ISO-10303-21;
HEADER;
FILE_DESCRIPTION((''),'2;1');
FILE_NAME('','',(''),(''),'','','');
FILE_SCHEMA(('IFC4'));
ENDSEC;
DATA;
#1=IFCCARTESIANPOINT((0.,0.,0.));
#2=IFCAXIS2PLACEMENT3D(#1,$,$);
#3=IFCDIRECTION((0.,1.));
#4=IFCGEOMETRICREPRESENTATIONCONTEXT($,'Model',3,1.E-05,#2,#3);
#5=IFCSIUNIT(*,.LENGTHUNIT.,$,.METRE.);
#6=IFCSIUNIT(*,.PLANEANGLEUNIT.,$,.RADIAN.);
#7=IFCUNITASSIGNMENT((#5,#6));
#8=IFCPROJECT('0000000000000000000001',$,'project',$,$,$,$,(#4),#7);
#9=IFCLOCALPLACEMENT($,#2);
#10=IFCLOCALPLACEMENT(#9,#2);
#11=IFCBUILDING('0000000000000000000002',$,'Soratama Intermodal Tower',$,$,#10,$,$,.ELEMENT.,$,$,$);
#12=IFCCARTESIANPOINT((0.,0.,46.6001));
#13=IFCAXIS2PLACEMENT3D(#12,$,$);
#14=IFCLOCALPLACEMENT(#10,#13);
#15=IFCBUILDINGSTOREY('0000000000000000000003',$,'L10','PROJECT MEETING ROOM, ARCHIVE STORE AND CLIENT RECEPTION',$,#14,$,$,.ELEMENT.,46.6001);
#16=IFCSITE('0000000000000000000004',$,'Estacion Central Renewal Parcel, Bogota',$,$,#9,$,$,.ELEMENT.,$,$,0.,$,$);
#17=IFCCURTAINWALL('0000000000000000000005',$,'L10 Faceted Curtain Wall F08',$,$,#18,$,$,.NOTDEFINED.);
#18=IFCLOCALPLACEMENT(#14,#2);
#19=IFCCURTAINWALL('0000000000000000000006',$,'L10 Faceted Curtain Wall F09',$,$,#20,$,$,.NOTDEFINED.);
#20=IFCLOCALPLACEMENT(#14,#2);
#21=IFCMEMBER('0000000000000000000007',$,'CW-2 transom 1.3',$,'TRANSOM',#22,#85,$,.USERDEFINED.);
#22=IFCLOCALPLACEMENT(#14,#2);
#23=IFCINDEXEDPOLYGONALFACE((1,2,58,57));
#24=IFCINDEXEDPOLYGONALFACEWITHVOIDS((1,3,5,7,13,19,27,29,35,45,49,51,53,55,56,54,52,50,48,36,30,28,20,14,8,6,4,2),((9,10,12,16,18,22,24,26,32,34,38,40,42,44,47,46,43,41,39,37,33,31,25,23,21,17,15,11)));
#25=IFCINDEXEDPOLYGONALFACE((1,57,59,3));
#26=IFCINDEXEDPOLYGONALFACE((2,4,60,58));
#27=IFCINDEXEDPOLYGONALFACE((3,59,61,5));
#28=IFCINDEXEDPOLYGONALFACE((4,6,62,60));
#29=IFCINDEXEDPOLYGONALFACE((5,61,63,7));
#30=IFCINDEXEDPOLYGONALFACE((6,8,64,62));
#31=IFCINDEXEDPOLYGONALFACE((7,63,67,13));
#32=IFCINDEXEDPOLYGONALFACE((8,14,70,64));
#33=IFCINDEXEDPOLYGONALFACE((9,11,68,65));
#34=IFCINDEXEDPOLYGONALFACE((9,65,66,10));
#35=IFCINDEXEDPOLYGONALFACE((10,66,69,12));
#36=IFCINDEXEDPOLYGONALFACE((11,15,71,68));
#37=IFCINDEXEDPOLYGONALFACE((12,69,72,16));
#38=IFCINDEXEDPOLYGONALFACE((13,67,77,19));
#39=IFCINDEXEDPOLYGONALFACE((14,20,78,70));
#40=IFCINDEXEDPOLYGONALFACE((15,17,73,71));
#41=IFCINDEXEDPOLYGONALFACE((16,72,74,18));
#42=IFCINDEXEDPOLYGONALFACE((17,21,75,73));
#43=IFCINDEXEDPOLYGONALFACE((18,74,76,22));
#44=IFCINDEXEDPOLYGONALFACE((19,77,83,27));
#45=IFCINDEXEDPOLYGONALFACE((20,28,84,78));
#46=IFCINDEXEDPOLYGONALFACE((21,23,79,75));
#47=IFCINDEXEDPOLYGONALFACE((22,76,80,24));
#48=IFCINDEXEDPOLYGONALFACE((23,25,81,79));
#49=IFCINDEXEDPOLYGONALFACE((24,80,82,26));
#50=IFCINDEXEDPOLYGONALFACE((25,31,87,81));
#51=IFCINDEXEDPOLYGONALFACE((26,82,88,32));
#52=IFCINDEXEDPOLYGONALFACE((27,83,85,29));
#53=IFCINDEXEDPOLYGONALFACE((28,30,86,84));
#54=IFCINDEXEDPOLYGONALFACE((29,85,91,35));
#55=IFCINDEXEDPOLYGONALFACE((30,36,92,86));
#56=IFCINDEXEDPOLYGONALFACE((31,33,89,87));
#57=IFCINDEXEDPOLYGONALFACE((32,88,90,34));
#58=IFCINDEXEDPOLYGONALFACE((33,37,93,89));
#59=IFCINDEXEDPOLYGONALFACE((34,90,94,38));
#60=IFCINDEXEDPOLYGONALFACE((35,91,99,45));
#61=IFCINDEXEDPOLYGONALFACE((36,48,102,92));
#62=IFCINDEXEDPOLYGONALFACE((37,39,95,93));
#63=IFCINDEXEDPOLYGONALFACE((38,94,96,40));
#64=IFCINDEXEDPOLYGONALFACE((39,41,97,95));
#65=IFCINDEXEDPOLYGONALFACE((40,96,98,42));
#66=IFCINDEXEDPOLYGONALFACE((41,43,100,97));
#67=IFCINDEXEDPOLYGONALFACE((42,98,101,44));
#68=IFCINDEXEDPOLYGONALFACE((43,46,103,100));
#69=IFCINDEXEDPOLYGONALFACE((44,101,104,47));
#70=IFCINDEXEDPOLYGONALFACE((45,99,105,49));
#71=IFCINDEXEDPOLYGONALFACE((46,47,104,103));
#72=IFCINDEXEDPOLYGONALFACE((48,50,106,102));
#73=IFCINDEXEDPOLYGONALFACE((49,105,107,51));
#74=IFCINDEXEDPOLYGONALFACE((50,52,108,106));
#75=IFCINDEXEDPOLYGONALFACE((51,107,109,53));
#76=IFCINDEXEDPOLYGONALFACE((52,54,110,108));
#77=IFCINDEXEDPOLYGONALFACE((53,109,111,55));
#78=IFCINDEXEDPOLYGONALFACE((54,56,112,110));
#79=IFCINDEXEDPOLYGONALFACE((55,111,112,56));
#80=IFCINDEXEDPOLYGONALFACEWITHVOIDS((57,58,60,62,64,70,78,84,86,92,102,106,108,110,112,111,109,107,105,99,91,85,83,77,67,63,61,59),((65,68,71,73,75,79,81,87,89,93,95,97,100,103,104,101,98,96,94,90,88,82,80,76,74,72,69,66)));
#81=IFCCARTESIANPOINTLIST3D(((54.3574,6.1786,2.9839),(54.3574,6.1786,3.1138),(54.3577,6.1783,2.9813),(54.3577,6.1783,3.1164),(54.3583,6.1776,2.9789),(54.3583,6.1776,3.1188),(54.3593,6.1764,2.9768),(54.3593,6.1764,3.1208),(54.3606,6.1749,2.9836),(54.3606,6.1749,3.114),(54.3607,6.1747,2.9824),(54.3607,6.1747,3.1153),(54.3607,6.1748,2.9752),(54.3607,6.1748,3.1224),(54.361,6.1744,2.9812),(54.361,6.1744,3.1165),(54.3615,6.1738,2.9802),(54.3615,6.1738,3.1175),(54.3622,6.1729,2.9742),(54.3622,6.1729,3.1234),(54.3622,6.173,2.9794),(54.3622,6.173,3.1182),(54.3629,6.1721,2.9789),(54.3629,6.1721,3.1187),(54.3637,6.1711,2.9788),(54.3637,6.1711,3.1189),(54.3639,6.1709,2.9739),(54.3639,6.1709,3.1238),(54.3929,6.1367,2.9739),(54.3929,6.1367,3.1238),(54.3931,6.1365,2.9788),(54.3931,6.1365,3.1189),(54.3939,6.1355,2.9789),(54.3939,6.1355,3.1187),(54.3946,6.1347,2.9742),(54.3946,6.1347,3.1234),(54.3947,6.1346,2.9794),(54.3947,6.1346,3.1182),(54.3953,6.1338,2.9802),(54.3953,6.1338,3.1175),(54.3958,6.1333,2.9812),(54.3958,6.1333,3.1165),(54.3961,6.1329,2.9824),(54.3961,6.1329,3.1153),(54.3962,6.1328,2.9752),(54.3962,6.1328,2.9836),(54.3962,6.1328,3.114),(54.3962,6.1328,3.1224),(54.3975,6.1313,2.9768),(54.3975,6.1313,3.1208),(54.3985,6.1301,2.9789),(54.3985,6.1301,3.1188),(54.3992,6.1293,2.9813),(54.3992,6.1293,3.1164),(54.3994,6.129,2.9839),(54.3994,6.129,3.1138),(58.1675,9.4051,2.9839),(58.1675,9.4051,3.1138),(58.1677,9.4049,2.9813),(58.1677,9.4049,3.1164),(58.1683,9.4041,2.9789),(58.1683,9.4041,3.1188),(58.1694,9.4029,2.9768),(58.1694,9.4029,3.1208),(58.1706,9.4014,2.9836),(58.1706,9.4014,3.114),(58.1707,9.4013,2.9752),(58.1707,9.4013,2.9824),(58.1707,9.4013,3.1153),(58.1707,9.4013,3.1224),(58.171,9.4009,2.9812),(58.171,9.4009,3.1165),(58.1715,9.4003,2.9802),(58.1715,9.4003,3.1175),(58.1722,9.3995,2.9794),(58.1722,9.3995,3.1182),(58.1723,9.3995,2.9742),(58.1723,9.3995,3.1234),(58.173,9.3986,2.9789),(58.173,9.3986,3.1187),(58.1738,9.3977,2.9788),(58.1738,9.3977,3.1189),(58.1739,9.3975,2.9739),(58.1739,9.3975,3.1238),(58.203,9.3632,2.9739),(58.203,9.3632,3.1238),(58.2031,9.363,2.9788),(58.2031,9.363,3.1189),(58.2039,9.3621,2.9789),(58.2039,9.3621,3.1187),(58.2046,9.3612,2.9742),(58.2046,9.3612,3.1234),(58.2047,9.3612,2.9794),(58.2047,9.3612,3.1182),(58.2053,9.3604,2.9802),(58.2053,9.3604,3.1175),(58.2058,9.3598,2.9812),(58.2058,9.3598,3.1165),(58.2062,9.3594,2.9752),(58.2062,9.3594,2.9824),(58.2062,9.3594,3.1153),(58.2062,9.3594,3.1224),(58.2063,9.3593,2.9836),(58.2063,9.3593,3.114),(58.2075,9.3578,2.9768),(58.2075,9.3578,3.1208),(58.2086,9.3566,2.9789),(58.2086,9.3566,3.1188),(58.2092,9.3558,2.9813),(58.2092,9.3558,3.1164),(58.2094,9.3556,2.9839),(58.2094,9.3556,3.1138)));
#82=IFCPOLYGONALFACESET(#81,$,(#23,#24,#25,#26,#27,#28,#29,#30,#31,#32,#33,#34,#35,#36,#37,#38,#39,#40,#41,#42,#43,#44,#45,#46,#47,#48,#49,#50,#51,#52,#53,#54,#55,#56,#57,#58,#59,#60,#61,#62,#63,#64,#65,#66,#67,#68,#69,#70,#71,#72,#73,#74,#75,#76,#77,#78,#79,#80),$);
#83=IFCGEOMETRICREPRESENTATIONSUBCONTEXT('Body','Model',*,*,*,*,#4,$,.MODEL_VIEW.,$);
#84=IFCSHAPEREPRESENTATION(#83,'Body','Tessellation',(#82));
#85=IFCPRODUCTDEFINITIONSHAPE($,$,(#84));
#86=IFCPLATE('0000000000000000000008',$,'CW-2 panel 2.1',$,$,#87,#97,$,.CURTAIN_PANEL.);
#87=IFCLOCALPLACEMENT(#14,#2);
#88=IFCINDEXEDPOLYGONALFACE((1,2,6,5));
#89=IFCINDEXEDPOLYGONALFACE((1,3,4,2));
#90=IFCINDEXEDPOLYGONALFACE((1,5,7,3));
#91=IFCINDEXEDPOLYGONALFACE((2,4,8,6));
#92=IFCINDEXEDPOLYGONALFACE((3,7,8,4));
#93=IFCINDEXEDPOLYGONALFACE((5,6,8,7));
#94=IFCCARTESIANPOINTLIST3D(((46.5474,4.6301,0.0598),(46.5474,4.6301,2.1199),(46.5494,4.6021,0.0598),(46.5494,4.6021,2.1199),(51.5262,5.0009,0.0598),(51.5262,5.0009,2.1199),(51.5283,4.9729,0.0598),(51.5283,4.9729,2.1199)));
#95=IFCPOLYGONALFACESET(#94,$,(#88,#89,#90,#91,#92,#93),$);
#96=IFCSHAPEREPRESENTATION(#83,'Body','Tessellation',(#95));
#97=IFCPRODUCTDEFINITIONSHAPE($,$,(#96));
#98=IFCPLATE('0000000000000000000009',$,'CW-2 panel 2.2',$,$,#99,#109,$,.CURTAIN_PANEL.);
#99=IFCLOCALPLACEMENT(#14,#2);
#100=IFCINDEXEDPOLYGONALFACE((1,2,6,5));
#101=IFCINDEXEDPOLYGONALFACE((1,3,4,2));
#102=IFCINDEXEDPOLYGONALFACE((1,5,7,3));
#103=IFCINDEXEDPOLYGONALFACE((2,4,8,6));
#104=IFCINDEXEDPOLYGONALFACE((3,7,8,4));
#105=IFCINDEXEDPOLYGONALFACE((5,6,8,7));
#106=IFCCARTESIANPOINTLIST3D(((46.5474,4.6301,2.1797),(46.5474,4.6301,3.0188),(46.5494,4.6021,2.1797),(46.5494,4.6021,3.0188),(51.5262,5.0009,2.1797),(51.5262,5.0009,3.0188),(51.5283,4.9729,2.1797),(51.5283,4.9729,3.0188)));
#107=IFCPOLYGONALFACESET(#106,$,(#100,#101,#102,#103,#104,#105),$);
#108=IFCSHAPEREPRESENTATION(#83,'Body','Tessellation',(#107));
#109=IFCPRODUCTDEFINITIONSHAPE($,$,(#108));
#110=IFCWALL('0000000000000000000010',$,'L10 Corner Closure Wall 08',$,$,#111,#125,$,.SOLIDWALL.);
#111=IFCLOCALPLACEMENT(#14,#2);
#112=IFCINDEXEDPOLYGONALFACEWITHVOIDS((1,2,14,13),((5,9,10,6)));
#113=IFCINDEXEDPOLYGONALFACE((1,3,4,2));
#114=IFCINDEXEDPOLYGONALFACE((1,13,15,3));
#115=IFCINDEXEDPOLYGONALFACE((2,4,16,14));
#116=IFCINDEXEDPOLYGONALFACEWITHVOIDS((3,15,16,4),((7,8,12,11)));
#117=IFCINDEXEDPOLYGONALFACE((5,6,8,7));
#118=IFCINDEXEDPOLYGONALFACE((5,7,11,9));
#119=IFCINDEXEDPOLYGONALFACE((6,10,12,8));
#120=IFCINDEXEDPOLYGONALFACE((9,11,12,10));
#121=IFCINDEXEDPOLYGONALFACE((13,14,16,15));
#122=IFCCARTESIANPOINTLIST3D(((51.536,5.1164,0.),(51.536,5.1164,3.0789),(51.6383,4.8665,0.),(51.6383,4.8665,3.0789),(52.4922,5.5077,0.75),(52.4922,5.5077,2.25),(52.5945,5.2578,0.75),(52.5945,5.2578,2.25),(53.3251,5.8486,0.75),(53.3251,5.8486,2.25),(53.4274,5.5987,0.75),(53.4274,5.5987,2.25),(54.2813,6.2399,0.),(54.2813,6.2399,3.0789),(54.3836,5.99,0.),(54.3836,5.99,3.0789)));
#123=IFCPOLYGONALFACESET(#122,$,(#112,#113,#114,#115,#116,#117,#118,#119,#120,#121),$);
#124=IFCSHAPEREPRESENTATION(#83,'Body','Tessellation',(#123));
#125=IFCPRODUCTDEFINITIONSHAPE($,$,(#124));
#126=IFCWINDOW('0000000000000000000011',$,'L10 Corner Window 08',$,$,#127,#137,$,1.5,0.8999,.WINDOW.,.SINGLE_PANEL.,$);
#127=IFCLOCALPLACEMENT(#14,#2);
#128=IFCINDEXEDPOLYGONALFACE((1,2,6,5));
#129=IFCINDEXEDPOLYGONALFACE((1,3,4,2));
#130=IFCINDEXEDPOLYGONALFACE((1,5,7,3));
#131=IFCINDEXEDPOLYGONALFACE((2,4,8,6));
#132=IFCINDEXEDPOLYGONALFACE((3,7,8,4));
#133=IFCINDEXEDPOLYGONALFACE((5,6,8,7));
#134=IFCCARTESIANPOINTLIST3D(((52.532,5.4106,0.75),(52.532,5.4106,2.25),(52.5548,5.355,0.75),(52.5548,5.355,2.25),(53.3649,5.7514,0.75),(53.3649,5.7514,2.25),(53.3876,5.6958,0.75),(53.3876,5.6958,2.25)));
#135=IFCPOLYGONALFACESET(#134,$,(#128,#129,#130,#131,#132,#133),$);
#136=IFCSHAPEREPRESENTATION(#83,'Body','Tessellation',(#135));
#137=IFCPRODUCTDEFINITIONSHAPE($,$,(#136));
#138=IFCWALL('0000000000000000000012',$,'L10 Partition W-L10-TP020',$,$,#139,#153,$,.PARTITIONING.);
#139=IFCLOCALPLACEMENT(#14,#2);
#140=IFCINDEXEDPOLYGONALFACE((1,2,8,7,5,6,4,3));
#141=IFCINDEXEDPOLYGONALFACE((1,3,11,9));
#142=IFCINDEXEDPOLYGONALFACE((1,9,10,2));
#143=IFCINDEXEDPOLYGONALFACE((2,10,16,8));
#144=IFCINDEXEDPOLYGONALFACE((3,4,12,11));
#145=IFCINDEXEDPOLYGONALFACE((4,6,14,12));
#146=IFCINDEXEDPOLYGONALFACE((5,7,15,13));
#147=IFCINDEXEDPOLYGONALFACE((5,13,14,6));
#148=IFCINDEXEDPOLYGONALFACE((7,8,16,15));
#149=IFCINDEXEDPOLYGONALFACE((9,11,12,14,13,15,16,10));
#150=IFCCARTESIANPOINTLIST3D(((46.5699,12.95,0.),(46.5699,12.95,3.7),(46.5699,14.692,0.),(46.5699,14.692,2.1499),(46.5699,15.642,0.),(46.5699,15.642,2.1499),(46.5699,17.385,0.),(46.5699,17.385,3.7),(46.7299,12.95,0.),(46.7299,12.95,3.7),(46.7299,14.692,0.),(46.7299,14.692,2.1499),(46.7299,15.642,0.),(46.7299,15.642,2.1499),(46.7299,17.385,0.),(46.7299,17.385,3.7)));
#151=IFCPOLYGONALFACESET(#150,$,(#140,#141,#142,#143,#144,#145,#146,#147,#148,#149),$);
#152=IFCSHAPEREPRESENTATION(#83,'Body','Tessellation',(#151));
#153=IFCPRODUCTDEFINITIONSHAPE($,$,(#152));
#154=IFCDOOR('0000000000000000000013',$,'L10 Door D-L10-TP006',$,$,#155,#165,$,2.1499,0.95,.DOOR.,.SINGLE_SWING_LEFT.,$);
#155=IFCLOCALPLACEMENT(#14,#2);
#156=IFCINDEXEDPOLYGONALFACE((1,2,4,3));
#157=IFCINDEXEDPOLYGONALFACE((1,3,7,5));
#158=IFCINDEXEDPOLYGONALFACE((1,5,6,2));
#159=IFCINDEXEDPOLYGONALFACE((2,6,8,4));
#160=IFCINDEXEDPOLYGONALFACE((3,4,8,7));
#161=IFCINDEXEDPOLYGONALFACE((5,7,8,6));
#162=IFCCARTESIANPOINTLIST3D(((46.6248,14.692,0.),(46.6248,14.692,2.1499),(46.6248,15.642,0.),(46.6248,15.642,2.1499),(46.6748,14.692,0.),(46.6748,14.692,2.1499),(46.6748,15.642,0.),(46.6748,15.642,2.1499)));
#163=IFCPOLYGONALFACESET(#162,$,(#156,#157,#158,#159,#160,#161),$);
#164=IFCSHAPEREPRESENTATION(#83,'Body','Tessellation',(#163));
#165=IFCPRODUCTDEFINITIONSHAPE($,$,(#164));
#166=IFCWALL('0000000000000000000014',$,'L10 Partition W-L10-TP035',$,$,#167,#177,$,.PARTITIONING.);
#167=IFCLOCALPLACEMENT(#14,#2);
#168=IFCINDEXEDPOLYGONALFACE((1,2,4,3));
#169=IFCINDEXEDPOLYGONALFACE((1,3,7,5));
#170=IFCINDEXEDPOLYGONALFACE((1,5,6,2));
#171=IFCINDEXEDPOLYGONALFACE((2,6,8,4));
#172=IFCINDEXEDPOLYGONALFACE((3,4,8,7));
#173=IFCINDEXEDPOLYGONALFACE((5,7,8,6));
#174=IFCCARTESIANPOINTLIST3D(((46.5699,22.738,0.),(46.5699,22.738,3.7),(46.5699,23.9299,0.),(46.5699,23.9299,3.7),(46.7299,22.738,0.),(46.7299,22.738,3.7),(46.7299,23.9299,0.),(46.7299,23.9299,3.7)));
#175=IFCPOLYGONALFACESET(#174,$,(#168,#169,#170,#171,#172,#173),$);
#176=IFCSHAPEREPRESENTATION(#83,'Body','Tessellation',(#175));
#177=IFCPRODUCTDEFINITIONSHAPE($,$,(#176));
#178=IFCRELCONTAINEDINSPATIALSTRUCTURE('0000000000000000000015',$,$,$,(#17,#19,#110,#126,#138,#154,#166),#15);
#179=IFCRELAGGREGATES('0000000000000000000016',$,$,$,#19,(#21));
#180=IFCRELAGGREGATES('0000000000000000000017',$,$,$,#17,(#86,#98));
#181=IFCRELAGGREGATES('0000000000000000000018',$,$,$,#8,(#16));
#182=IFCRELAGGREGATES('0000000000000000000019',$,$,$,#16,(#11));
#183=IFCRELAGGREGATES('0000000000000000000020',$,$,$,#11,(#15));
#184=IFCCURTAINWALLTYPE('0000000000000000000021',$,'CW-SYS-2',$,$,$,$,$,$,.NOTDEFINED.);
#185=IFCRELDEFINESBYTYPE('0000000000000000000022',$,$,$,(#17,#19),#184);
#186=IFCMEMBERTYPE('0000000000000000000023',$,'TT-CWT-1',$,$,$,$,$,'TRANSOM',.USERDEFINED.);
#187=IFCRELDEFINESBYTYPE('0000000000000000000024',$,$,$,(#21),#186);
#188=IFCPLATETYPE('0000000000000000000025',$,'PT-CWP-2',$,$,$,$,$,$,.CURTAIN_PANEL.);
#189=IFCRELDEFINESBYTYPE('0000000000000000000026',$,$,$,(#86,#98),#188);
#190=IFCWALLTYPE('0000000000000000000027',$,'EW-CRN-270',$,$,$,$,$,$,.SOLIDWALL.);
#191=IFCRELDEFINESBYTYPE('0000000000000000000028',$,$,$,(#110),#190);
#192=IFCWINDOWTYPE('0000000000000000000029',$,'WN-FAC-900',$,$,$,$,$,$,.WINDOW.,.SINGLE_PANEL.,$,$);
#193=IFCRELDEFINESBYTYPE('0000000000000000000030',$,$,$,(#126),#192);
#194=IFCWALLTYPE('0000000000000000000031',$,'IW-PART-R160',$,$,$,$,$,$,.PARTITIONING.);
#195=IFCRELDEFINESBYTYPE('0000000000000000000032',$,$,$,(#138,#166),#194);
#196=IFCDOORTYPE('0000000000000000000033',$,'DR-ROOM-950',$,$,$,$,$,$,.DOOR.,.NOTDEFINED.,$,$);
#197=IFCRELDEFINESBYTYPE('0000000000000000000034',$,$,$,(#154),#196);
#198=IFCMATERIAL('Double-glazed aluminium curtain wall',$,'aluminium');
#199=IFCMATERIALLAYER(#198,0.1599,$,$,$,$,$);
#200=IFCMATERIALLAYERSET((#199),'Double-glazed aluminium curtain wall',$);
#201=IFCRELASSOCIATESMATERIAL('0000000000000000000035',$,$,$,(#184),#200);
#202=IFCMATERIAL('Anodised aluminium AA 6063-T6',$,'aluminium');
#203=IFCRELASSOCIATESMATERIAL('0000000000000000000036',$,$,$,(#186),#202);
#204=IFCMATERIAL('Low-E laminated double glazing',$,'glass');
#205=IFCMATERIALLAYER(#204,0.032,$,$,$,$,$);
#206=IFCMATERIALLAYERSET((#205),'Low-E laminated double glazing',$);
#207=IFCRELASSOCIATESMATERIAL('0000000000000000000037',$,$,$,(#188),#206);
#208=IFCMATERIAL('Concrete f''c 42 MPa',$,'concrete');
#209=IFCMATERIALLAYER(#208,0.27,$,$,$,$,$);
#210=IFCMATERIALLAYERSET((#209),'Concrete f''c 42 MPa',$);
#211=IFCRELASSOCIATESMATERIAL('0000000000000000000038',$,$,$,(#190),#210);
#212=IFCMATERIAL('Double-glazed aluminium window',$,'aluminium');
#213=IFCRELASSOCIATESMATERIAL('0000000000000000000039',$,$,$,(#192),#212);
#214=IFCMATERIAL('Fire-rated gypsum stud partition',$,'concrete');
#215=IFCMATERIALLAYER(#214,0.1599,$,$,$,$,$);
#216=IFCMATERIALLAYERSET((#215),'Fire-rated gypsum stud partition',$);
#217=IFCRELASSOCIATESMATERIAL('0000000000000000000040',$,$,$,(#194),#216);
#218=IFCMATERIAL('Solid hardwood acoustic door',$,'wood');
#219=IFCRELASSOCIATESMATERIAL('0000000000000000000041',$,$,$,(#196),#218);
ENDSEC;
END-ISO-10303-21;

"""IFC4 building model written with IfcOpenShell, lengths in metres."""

from ifc_helpers import new_model, si_unit, direction, frame, frame_2d, origin, origin_2d, place, context, subcontext, project, spatial, rectangle, hollow_rectangle, extrude, material, layer, layer_set, material_profile, profile_set, type_object, element, fill, aggregate, save


model = new_model("IFC4")

# Units and contexts
model_context = context("Model", 3, precision=1e-05, world=origin(), true_north=direction((0.0, 1.0)))
body_context = subcontext(model_context, "Body", "Model", "MODEL_VIEW")
ifc_project = project(units=[si_unit("LENGTHUNIT", "METRE"), si_unit("PLANEANGLEUNIT", "RADIAN")], contexts=[model_context])

# Site, building, storey
site_placement = place(None, origin())
site = spatial("IfcSite", under=ifc_project, at=site_placement, Name="Estacion Central Renewal Parcel, Bogota", CompositionType="ELEMENT", RefElevation=0.0)
building_placement = place(site_placement, origin())
building = spatial("IfcBuilding", under=site, at=building_placement, Name="Soratama Intermodal Tower", CompositionType="ELEMENT")
storey_placement = place(building_placement, frame((0.0, 0.0, 46.6001)))
storey = spatial("IfcBuildingStorey", under=building, at=storey_placement, Name="L10", Description="PROJECT MEETING ROOM, ARCHIVE STORE AND CLIENT RECEPTION", CompositionType="ELEMENT", Elevation=46.6001)

# Curtain wall
ifc_material_1 = material(Name="Double-glazed aluminium curtain wall", Category="aluminium")
ifc_layer_1 = layer(ifc_material_1, 0.1599)
ifc_layer_set_1 = layer_set([ifc_layer_1], Name="Double-glazed aluminium curtain wall")
curtain_wall_type = type_object("IfcCurtainWallType", Name="CW-SYS-2", PredefinedType="NOTDEFINED", material=ifc_layer_set_1)
curtain_wall_1_placement = place(storey_placement, origin())
curtain_wall_1 = element("IfcCurtainWall", 1, at=curtain_wall_1_placement, inside=storey, type_object=curtain_wall_type, Name="L10 Faceted Curtain Wall F08", PredefinedType="NOTDEFINED")

# Curtain wall, member
curtain_wall_2_placement = place(storey_placement, origin())
curtain_wall_2 = element("IfcCurtainWall", 2, at=curtain_wall_2_placement, inside=storey, type_object=curtain_wall_type, Name="L10 Faceted Curtain Wall F09", PredefinedType="NOTDEFINED")
ifc_material_2 = material(Name="Anodised aluminium AA 6063-T6", Category="aluminium")
ifc_material_profile_1 = material_profile(ifc_material_2, hollow_rectangle(XDim=0.0649, YDim=0.1499, WallThickness=0.0049, InnerFilletRadius=0.0049, OuterFilletRadius=0.01, at=origin_2d()), Name="CWT150X65X5")
ifc_profile_set_1 = profile_set([ifc_material_profile_1], Name="Anodised aluminium AA 6063-T6")
member_type_1 = type_object("IfcMemberType", Name="TT-CWT-1", ElementType="TRANSOM", PredefinedType="USERDEFINED", material=ifc_profile_set_1)
member_1_placement = place(storey_placement, frame((54.3784, 6.1538, 3.0488), z_axis=(0.763123, 0.646253, 0.0), x_axis=(-0.646253, 0.763123, 0.0)))
member_1 = element("IfcMember", 3, at=member_1_placement, type_object=member_type_1, Name="CW-2 transom 1.3", ObjectType="TRANSOM", PredefinedType="USERDEFINED", context=body_context, shape_type="SweptSolid", body=[
    extrude(hollow_rectangle(XDim=0.0649, YDim=0.1499, WallThickness=0.0049, InnerFilletRadius=0.0049, OuterFilletRadius=0.01, at=origin_2d()), origin(), (0.0, 0.0, 1.0), 4.9927),
])
aggregate(curtain_wall_2, [member_1])

# Plates
ifc_material_3 = material(Name="Low-E laminated double glazing", Category="glass")
ifc_layer_2 = layer(ifc_material_3, 0.032)
ifc_layer_set_2 = layer_set([ifc_layer_2], Name="Low-E laminated double glazing")
plate_type = type_object("IfcPlateType", Name="PT-CWP-2", PredefinedType="CURTAIN_PANEL", material=ifc_layer_set_2)
plate_1_placement = place(storey_placement, frame((49.0378, 4.8015, 0.0598), z_axis=(0.0, 0.0, 1.0), x_axis=(0.997237, 0.074283, 0.0)))
plate_1 = element("IfcPlate", 4, at=plate_1_placement, type_object=plate_type, Name="CW-2 panel 2.1", PredefinedType="CURTAIN_PANEL", context=body_context, shape_type="SweptSolid", body=[
    extrude(rectangle(XDim=4.9927, YDim=0.0281, at=origin_2d()), origin(), (0.0, 0.0, 1.0), 2.0601),
])
plate_2_placement = place(storey_placement, frame((49.0378, 4.8015, 2.1797), z_axis=(0.0, 0.0, 1.0), x_axis=(0.997237, 0.074283, 0.0)))
plate_2 = element("IfcPlate", 5, at=plate_2_placement, type_object=plate_type, Name="CW-2 panel 2.2", PredefinedType="CURTAIN_PANEL", context=body_context, shape_type="SweptSolid", body=[
    extrude(rectangle(XDim=4.9927, YDim=0.0281, at=origin_2d()), origin(), (0.0, 0.0, 1.0), 0.8391),
])
aggregate(curtain_wall_1, [plate_1, plate_2])

# Wall, opening, window
ifc_material_4 = material(Name="Concrete f'c 42 MPa", Category="concrete")
ifc_layer_3 = layer(ifc_material_4, 0.27)
ifc_layer_set_3 = layer_set([ifc_layer_3], Name="Concrete f'c 42 MPa")
wall_type_1 = type_object("IfcWallType", Name="EW-CRN-270", PredefinedType="SOLIDWALL", material=ifc_layer_set_3)
wall_1_placement = place(storey_placement, frame((51.5872, 4.9915, 0.0), z_axis=(0.0, 0.0, 1.0), x_axis=(0.925496, 0.378758, 0.0)))
wall_1 = element("IfcWall", 6, at=wall_1_placement, inside=storey, type_object=wall_type_1, Name="L10 Corner Closure Wall 08", PredefinedType="SOLIDWALL", context=body_context, shape_type="SweptSolid", body=[
    extrude(rectangle(XDim=2.9663, YDim=0.27, at=frame_2d((1.4832, 0.0))), origin(), (0.0, 0.0, 1.0), 3.0789),
])
opening_1_placement = place(wall_1_placement, frame((1.0332, 0.0, 0.75)))
opening_1 = element("IfcOpeningElement", 7, at=opening_1_placement, cuts=wall_1, PredefinedType="OPENING", context=body_context, shape_type="SweptSolid", body=[
    extrude(rectangle(XDim=0.8999, YDim=1.5, at=frame_2d((0.45, 0.75))), frame((0.0, 0.145, 0.0), z_axis=(0.0, -1.0, 0.0), x_axis=(1.0, 0.0, 0.0)), (0.0, 0.0, 1.0), 0.29),
])
ifc_material_5 = material(Name="Double-glazed aluminium window", Category="aluminium")
window_type = type_object("IfcWindowType", Name="WN-FAC-900", PartitioningType="SINGLE_PANEL", PredefinedType="WINDOW", material=ifc_material_5)
window_placement = place(opening_1_placement, origin())
window = element("IfcWindow", 8, at=window_placement, inside=storey, type_object=window_type, Name="L10 Corner Window 08", OverallHeight=1.5, OverallWidth=0.8999, PartitioningType="SINGLE_PANEL", PredefinedType="WINDOW", context=body_context, shape_type="SweptSolid", body=[
    extrude(rectangle(XDim=0.8999, YDim=1.5, at=frame_2d((0.45, 0.75))), frame((0.0, 0.03, 0.0), z_axis=(0.0, -1.0, 0.0), x_axis=(1.0, 0.0, 0.0)), (0.0, 0.0, 1.0), 0.0601),
])
fill(opening_1, window)

# Wall, opening, door
ifc_material_6 = material(Name="Fire-rated gypsum stud partition", Category="concrete")
ifc_layer_4 = layer(ifc_material_6, 0.1599)
ifc_layer_set_4 = layer_set([ifc_layer_4], Name="Fire-rated gypsum stud partition")
wall_type_2 = type_object("IfcWallType", Name="IW-PART-R160", PredefinedType="PARTITIONING", material=ifc_layer_set_4)
wall_2_placement = place(storey_placement, frame((46.6499, 17.385, 0.0), z_axis=(0.0, 0.0, 1.0), x_axis=(0.0, -1.0, 0.0)))
wall_2 = element("IfcWall", 9, at=wall_2_placement, inside=storey, type_object=wall_type_2, Name="L10 Partition W-L10-TP020", PredefinedType="PARTITIONING", context=body_context, shape_type="SweptSolid", body=[
    extrude(rectangle(XDim=4.4351, YDim=0.1599, at=frame_2d((2.2175, 0.0))), origin(), (0.0, 0.0, 1.0), 3.7),
])
opening_2_placement = place(wall_2_placement, frame((1.7429, 0.0, 0.0)))
opening_2 = element("IfcOpeningElement", 10, at=opening_2_placement, cuts=wall_2, PredefinedType="OPENING", context=body_context, shape_type="SweptSolid", body=[
    extrude(rectangle(XDim=0.95, YDim=2.1499, at=frame_2d((0.4751, 1.075))), frame((0.0, 0.0898, 0.0), z_axis=(0.0, -1.0, 0.0), x_axis=(1.0, 0.0, 0.0)), (0.0, 0.0, 1.0), 0.1799),
])
ifc_material_7 = material(Name="Solid hardwood acoustic door", Category="wood")
door_type = type_object("IfcDoorType", Name="DR-ROOM-950", OperationType="NOTDEFINED", PredefinedType="DOOR", material=ifc_material_7)
door_1_placement = place(opening_2_placement, origin())
door_1 = element("IfcDoor", 11, at=door_1_placement, inside=storey, type_object=door_type, Name="L10 Door D-L10-TP006", OperationType="SINGLE_SWING_LEFT", OverallHeight=2.1499, OverallWidth=0.95, PredefinedType="DOOR", context=body_context, shape_type="SweptSolid", body=[
    extrude(rectangle(XDim=0.95, YDim=2.1499, at=frame_2d((0.4751, 1.075))), frame((0.0, 0.0249, 0.0), z_axis=(0.0, -1.0, 0.0), x_axis=(1.0, 0.0, 0.0)), (0.0, 0.0, 1.0), 0.05),
])
fill(opening_2, door_1)

# Wall
wall_3_placement = place(storey_placement, frame((46.6499, 23.9299, 0.0), z_axis=(0.0, 0.0, 1.0), x_axis=(0.0, -1.0, 0.0)))
element("IfcWall", 12, at=wall_3_placement, inside=storey, type_object=wall_type_2, Name="L10 Partition W-L10-TP035", PredefinedType="PARTITIONING", context=body_context, shape_type="SweptSolid", body=[
    extrude(rectangle(XDim=1.1919, YDim=0.1599, at=frame_2d((0.5959, 0.0))), origin(), (0.0, 0.0, 1.0), 3.7),
])

save(model, "model.ifc")
